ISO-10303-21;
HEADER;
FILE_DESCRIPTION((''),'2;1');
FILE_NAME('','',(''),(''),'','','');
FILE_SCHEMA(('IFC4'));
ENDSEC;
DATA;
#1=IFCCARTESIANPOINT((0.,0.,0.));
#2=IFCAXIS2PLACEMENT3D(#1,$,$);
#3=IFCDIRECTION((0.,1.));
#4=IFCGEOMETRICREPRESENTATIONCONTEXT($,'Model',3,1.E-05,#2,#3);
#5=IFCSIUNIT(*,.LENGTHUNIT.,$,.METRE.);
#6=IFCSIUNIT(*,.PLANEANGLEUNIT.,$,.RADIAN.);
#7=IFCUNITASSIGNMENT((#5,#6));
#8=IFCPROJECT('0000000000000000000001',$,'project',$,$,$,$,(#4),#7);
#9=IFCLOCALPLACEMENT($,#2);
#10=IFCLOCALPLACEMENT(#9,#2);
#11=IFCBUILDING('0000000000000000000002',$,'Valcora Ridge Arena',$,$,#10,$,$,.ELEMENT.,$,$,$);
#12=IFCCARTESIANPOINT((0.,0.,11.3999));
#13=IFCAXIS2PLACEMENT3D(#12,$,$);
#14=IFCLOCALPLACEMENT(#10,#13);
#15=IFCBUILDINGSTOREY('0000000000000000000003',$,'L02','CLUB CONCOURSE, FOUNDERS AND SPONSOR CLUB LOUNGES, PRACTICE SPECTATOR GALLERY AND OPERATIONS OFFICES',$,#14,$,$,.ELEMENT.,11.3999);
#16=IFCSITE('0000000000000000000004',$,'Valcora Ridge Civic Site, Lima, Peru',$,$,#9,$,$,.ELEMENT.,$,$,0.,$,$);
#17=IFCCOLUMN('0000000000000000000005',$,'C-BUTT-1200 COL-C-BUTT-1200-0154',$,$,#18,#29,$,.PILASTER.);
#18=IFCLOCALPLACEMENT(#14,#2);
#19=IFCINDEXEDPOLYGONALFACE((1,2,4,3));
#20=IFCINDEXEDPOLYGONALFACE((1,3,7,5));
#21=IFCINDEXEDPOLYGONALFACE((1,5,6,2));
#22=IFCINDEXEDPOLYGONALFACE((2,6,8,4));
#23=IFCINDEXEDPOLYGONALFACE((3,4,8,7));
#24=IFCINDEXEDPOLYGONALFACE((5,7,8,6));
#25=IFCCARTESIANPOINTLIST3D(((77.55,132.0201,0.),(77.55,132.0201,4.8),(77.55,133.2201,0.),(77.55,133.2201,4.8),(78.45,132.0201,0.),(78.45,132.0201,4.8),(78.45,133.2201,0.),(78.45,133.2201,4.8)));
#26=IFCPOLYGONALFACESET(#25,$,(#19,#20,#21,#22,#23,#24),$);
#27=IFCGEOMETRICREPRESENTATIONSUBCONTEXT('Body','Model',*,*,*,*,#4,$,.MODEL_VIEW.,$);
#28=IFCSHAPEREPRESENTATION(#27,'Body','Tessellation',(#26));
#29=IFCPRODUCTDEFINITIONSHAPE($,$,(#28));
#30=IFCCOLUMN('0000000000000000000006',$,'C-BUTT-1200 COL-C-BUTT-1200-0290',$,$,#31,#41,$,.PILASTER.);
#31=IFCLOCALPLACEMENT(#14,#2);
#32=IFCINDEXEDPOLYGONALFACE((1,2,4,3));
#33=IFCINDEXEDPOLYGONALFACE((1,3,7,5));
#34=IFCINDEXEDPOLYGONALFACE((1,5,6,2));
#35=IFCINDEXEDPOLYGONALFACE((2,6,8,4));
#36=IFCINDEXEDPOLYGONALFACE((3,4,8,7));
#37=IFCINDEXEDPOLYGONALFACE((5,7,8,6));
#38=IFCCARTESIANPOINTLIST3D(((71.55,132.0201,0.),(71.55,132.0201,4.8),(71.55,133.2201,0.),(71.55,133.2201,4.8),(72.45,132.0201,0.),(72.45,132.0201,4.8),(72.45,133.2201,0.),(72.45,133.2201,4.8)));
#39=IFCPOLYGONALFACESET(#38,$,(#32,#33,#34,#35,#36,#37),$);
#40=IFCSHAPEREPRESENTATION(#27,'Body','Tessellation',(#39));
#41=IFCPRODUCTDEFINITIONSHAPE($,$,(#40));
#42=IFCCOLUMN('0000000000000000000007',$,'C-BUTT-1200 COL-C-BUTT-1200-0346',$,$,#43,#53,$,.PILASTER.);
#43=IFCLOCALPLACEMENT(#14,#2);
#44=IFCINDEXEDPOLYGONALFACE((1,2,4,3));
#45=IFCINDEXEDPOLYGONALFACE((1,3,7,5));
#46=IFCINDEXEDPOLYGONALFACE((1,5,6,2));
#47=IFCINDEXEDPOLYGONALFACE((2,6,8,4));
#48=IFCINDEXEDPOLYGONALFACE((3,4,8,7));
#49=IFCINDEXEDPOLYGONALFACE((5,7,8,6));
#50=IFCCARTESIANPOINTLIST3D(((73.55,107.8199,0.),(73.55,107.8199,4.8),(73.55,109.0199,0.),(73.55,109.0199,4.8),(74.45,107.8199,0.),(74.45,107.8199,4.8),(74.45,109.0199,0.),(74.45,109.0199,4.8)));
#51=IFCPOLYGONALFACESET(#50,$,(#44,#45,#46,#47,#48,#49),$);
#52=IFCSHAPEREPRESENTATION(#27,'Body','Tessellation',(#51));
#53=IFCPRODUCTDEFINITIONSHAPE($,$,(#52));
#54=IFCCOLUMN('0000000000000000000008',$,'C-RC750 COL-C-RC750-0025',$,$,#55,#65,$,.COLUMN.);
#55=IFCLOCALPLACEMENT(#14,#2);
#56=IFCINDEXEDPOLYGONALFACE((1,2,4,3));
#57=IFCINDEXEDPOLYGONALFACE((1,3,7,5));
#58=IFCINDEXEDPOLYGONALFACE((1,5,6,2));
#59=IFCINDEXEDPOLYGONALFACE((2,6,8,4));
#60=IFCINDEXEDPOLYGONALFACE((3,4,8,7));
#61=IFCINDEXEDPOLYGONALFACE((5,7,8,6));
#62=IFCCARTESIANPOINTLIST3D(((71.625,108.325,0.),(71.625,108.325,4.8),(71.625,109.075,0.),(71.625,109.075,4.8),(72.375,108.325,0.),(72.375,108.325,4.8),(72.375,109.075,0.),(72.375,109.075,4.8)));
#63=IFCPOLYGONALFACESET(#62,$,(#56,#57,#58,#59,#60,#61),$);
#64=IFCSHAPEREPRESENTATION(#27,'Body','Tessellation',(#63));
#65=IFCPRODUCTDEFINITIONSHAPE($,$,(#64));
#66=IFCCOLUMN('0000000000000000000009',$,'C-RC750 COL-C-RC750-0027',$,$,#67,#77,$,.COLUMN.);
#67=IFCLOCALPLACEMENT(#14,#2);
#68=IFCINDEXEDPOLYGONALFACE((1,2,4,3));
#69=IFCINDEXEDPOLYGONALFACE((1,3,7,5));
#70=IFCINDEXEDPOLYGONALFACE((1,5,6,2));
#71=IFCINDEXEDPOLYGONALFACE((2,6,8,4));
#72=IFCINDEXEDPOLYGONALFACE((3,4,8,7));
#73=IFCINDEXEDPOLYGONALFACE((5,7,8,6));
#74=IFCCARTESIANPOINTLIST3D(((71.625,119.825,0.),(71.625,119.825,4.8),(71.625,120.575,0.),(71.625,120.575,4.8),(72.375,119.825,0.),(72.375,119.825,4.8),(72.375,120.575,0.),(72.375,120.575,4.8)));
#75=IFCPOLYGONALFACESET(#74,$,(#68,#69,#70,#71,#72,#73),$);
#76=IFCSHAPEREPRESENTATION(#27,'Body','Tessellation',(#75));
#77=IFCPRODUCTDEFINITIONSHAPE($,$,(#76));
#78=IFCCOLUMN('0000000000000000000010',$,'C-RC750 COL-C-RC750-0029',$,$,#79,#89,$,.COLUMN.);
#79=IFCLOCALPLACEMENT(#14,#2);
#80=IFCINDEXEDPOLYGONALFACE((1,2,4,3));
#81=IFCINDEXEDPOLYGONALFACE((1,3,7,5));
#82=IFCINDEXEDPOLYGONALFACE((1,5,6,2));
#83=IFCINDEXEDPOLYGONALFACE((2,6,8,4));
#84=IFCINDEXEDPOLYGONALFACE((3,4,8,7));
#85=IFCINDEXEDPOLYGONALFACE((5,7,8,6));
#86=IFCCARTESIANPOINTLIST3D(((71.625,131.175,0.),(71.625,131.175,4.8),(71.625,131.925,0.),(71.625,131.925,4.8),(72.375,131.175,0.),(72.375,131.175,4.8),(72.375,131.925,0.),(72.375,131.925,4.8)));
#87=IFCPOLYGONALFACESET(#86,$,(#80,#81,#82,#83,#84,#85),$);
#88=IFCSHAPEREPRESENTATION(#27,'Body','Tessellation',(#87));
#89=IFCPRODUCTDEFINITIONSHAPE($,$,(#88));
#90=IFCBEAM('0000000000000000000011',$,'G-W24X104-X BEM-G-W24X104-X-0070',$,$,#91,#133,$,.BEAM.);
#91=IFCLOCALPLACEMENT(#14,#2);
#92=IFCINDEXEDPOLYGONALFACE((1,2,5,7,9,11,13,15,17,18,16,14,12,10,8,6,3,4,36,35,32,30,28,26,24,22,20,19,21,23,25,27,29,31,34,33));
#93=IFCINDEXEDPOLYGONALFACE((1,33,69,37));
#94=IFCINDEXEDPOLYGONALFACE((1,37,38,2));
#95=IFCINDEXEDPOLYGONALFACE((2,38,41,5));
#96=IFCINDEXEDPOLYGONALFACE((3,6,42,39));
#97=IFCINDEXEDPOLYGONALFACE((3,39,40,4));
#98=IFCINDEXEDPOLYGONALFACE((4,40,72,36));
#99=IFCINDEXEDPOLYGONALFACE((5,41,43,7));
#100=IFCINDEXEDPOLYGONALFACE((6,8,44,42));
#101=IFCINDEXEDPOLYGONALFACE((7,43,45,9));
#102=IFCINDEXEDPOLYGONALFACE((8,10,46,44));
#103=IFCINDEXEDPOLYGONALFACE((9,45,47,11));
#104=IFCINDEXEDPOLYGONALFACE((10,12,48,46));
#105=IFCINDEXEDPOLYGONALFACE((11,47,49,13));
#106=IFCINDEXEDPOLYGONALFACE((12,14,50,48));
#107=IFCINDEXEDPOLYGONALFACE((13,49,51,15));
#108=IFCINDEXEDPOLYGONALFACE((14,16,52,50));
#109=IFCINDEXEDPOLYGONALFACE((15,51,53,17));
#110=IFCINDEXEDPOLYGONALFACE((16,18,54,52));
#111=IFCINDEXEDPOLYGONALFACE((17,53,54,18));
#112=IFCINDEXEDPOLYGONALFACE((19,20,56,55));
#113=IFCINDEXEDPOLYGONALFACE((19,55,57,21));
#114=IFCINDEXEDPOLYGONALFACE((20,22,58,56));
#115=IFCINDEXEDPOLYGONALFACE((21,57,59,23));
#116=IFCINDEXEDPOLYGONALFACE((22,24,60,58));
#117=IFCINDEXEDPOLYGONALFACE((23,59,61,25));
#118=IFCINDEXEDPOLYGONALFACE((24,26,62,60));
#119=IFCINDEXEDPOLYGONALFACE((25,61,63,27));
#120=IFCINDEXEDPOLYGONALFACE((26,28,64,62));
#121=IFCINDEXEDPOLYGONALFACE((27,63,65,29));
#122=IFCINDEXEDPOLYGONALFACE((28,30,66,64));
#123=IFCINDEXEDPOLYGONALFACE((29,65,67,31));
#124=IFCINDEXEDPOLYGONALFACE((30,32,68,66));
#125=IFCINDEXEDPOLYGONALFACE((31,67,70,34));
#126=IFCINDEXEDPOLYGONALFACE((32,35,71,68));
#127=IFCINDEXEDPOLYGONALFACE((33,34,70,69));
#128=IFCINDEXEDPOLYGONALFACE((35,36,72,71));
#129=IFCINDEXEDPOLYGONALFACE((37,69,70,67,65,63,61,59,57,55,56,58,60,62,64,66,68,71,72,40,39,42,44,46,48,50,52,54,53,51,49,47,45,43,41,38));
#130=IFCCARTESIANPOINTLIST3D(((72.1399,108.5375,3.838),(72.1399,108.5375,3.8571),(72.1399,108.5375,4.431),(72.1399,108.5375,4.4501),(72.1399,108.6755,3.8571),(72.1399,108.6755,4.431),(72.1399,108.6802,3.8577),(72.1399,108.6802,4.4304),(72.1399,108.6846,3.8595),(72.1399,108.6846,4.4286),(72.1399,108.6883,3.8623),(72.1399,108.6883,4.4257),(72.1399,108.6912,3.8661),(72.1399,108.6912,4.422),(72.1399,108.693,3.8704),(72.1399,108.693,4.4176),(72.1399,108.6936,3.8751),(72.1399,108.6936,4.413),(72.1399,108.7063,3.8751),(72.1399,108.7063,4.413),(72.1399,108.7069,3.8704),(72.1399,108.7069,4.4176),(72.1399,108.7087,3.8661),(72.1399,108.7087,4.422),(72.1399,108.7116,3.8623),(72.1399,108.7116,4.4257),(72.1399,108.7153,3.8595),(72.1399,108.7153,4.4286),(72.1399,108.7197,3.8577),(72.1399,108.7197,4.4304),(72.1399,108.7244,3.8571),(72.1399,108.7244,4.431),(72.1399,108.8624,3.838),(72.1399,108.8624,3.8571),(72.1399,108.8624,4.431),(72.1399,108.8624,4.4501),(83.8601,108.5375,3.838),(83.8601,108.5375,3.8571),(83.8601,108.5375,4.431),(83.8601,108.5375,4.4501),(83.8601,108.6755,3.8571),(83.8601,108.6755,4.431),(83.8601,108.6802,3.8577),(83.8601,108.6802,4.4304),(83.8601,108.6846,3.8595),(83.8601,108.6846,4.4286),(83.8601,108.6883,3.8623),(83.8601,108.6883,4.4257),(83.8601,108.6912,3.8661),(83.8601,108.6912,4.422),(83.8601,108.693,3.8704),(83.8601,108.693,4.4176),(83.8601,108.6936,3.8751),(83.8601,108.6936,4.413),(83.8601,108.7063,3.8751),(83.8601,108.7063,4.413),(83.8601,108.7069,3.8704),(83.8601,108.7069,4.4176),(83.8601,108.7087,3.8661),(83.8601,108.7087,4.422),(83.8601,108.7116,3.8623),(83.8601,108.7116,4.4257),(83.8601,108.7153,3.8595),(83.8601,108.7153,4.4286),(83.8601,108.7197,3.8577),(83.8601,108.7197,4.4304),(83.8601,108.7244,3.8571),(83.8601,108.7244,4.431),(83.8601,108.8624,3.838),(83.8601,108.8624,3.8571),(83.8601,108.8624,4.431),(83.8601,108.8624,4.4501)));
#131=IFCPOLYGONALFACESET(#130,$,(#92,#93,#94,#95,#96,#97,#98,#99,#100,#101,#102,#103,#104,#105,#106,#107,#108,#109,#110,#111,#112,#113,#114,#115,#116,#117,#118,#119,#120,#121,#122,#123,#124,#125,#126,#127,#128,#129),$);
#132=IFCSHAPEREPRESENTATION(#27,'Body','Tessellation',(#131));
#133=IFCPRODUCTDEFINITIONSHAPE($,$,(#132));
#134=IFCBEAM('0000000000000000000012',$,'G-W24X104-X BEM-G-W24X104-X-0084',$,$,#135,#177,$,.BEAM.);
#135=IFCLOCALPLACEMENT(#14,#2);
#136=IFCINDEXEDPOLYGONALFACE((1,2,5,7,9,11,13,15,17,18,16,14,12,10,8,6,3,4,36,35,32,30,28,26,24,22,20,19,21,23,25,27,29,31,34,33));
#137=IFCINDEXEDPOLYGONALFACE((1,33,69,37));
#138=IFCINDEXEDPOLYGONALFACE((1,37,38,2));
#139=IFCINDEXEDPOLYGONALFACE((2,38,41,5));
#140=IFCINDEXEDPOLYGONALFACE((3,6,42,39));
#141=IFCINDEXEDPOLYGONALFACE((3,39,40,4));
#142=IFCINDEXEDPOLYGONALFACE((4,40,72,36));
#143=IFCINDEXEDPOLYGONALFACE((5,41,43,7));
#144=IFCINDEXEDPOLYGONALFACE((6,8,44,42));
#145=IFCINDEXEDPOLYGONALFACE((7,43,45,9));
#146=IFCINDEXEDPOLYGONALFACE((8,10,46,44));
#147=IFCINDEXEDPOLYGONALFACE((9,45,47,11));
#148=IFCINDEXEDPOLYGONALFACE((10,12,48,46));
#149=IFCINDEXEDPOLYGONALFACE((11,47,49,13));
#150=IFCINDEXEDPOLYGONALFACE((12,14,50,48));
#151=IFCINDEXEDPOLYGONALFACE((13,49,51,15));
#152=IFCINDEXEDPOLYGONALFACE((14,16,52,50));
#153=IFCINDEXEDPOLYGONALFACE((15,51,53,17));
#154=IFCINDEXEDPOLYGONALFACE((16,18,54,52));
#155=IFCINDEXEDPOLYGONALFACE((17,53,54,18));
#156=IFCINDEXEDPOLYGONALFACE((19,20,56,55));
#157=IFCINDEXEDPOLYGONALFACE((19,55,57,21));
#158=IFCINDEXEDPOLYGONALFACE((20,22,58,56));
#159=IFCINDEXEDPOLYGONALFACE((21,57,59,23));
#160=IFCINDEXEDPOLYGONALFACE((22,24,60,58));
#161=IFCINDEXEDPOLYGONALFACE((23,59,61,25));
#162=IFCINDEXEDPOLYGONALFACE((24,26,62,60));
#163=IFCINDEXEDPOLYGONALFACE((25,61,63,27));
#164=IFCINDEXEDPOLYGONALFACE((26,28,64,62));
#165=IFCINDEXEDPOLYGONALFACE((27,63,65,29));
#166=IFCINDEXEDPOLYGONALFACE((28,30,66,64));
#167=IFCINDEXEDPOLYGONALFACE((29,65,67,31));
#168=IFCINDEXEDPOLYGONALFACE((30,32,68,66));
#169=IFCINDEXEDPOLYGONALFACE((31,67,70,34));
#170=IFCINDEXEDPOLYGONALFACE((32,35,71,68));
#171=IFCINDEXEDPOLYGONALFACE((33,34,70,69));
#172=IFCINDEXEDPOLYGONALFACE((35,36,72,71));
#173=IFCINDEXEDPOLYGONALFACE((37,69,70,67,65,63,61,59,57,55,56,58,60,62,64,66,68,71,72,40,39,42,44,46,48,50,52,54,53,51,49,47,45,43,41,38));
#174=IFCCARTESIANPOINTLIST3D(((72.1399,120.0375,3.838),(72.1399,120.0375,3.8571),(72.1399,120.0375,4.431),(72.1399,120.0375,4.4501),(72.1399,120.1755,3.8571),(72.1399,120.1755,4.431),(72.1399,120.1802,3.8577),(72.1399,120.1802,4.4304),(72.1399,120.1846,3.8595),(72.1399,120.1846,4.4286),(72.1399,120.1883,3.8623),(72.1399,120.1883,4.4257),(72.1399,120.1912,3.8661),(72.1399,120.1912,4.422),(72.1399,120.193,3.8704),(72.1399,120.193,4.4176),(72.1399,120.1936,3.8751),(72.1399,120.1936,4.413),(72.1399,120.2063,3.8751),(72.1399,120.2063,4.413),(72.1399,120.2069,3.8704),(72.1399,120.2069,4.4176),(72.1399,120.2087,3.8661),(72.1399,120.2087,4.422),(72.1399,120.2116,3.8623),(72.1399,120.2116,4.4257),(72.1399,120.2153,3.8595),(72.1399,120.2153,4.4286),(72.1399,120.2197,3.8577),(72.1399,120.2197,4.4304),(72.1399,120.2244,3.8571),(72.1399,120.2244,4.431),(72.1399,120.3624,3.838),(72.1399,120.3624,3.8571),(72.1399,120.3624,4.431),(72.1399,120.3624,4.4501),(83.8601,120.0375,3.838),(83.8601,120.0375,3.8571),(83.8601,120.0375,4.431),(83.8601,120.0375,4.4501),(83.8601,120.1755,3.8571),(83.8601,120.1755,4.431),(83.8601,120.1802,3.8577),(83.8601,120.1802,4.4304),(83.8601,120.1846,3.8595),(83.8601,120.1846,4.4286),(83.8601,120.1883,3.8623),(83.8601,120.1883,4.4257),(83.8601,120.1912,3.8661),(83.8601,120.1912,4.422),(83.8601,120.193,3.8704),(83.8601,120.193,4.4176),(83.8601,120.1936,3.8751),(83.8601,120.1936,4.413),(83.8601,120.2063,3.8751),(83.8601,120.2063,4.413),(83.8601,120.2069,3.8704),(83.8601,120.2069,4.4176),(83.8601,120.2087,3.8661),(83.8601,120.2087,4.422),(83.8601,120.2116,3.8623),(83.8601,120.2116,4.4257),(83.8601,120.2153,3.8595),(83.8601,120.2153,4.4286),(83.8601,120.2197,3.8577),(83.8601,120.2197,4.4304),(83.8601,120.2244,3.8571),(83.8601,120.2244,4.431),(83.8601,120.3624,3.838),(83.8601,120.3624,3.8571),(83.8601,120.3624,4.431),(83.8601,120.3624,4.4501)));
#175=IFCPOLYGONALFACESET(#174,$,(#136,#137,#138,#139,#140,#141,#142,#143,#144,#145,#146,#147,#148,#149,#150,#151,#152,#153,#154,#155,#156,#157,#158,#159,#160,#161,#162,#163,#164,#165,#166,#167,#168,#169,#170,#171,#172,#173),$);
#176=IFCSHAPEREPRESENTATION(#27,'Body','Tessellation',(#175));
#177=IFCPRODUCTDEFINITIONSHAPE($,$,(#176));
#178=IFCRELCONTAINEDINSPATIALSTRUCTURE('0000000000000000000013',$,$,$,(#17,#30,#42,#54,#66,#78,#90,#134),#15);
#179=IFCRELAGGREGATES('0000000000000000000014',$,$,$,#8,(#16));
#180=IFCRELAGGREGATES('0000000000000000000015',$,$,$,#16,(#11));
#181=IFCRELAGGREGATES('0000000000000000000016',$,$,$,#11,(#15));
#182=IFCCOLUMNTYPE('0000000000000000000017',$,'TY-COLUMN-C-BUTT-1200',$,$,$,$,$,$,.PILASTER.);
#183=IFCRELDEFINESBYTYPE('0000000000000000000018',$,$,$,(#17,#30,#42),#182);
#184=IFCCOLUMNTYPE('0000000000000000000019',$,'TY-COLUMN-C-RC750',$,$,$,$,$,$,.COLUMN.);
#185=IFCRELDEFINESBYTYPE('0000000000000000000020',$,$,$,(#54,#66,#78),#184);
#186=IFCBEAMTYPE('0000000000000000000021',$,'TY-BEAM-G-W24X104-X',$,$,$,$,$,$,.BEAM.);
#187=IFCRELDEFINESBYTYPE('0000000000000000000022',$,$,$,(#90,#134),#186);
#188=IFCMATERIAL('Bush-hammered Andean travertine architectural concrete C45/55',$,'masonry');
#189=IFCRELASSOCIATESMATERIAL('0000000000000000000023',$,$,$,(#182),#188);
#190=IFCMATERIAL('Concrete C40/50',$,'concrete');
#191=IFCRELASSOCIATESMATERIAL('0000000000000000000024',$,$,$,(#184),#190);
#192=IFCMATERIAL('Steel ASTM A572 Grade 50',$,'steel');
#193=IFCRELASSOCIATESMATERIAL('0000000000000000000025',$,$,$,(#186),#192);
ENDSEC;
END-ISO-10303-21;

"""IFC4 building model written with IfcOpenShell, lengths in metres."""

from ifc_helpers import new_model, si_unit, direction, frame, origin, origin_2d, place, context, subcontext, project, spatial, rectangle, i_section, extrude, material, material_profile, profile_set, type_object, element, save


model = new_model("IFC4")

# Units and contexts
model_context = context("Model", 3, precision=1e-05, world=origin(), true_north=direction((0.0, 1.0)))
body_context = subcontext(model_context, "Body", "Model", "MODEL_VIEW")
ifc_project = project(units=[si_unit("LENGTHUNIT", "METRE"), si_unit("PLANEANGLEUNIT", "RADIAN")], contexts=[model_context])

# Site, building, storey
site_placement = place(None, origin())
site = spatial("IfcSite", under=ifc_project, at=site_placement, Name="Valcora Ridge Civic Site, Lima, Peru", CompositionType="ELEMENT", RefElevation=0.0)
building_placement = place(site_placement, origin())
building = spatial("IfcBuilding", under=site, at=building_placement, Name="Valcora Ridge Arena", CompositionType="ELEMENT")
storey_placement = place(building_placement, frame((0.0, 0.0, 11.3999)))
storey = spatial("IfcBuildingStorey", under=building, at=storey_placement, Name="L02", Description="CLUB CONCOURSE, FOUNDERS AND SPONSOR CLUB LOUNGES, PRACTICE SPECTATOR GALLERY AND OPERATIONS OFFICES", CompositionType="ELEMENT", Elevation=11.3999)

# Columns
ifc_material_1 = material(Name="Bush-hammered Andean travertine architectural concrete C45/55", Category="masonry")
ifc_material_profile_1 = material_profile(ifc_material_1, rectangle(XDim=0.8999, YDim=1.2, at=origin_2d()), Name="RC 900x1200")
ifc_profile_set_1 = profile_set([ifc_material_profile_1], Name="Bush-hammered Andean travertine architectural concrete C45/55")
column_type_1 = type_object("IfcColumnType", Name="TY-COLUMN-C-BUTT-1200", PredefinedType="PILASTER", material=ifc_profile_set_1)
for number, where, z_axis, x_axis, name in (
    (1, (78.0, 132.6201, 0.0), (0.0, 0.0, 1.0), (1.0, 0.0, 0.0), "C-BUTT-1200 COL-C-BUTT-1200-0154"),
    (2, (72.0, 132.6201, 0.0), (0.0, 0.0, 1.0), (1.0, 0.0, 0.0), "C-BUTT-1200 COL-C-BUTT-1200-0290"),
    (3, (74.0, 108.4199, 0.0), (0.0, 0.0, 1.0), (1.0, 0.0, 0.0), "C-BUTT-1200 COL-C-BUTT-1200-0346"),
):
    element("IfcColumn", number, at=place(storey_placement, frame(where, z_axis=z_axis, x_axis=x_axis)), inside=storey, type_object=column_type_1, Name=name, PredefinedType="PILASTER", context=body_context, shape_type="SweptSolid", body=[
        extrude(rectangle(XDim=0.8999, YDim=1.2, at=origin_2d()), origin(), (0.0, 0.0, 1.0), 4.8),
    ])
ifc_material_2 = material(Name="Concrete C40/50", Category="concrete")
ifc_material_profile_2 = material_profile(ifc_material_2, rectangle(XDim=0.75, YDim=0.75, at=origin_2d()), Name="RC 750x750")
ifc_profile_set_2 = profile_set([ifc_material_profile_2], Name="Concrete C40/50")
column_type_2 = type_object("IfcColumnType", Name="TY-COLUMN-C-RC750", PredefinedType="COLUMN", material=ifc_profile_set_2)
for number, where, z_axis, x_axis, name in (
    (4, (72.0, 108.7, 0.0), (0.0, 0.0, 1.0), (1.0, 0.0, 0.0), "C-RC750 COL-C-RC750-0025"),
    (5, (72.0, 120.2, 0.0), (0.0, 0.0, 1.0), (1.0, 0.0, 0.0), "C-RC750 COL-C-RC750-0027"),
    (6, (72.0, 131.55, 0.0), (0.0, 0.0, 1.0), (1.0, 0.0, 0.0), "C-RC750 COL-C-RC750-0029"),
):
    element("IfcColumn", number, at=place(storey_placement, frame(where, z_axis=z_axis, x_axis=x_axis)), inside=storey, type_object=column_type_2, Name=name, PredefinedType="COLUMN", context=body_context, shape_type="SweptSolid", body=[
        extrude(rectangle(XDim=0.75, YDim=0.75, at=origin_2d()), origin(), (0.0, 0.0, 1.0), 4.8),
    ])

# Beams
ifc_material_3 = material(Name="Steel ASTM A572 Grade 50", Category="steel")
ifc_material_profile_3 = material_profile(ifc_material_3, i_section(OverallWidth=0.325, OverallDepth=0.6121, WebThickness=0.0127, FlangeThickness=0.019, FilletRadius=0.0181, at=origin_2d()), Name="W24X104")
ifc_profile_set_3 = profile_set([ifc_material_profile_3], Name="Steel ASTM A572 Grade 50")
beam_type_1 = type_object("IfcBeamType", Name="TY-BEAM-G-W24X104-X", PredefinedType="BEAM", material=ifc_profile_set_3)
for number, where, z_axis, x_axis, name in (
    (7, (72.1399, 108.7, 4.144), (1.0, 0.0, 0.0), (0.0, 1.0, 0.0), "G-W24X104-X BEM-G-W24X104-X-0070"),
    (8, (72.1399, 120.2, 4.144), (1.0, 0.0, 0.0), (0.0, 1.0, 0.0), "G-W24X104-X BEM-G-W24X104-X-0084"),
):
    element("IfcBeam", number, at=place(storey_placement, frame(where, z_axis=z_axis, x_axis=x_axis)), inside=storey, type_object=beam_type_1, Name=name, PredefinedType="BEAM", context=body_context, shape_type="SweptSolid", body=[
        extrude(i_section(OverallWidth=0.325, OverallDepth=0.6121, WebThickness=0.0127, FlangeThickness=0.019, FilletRadius=0.0181, at=origin_2d()), origin(), (0.0, 0.0, 1.0), 11.7202),
    ])

save(model, "model.ifc")
